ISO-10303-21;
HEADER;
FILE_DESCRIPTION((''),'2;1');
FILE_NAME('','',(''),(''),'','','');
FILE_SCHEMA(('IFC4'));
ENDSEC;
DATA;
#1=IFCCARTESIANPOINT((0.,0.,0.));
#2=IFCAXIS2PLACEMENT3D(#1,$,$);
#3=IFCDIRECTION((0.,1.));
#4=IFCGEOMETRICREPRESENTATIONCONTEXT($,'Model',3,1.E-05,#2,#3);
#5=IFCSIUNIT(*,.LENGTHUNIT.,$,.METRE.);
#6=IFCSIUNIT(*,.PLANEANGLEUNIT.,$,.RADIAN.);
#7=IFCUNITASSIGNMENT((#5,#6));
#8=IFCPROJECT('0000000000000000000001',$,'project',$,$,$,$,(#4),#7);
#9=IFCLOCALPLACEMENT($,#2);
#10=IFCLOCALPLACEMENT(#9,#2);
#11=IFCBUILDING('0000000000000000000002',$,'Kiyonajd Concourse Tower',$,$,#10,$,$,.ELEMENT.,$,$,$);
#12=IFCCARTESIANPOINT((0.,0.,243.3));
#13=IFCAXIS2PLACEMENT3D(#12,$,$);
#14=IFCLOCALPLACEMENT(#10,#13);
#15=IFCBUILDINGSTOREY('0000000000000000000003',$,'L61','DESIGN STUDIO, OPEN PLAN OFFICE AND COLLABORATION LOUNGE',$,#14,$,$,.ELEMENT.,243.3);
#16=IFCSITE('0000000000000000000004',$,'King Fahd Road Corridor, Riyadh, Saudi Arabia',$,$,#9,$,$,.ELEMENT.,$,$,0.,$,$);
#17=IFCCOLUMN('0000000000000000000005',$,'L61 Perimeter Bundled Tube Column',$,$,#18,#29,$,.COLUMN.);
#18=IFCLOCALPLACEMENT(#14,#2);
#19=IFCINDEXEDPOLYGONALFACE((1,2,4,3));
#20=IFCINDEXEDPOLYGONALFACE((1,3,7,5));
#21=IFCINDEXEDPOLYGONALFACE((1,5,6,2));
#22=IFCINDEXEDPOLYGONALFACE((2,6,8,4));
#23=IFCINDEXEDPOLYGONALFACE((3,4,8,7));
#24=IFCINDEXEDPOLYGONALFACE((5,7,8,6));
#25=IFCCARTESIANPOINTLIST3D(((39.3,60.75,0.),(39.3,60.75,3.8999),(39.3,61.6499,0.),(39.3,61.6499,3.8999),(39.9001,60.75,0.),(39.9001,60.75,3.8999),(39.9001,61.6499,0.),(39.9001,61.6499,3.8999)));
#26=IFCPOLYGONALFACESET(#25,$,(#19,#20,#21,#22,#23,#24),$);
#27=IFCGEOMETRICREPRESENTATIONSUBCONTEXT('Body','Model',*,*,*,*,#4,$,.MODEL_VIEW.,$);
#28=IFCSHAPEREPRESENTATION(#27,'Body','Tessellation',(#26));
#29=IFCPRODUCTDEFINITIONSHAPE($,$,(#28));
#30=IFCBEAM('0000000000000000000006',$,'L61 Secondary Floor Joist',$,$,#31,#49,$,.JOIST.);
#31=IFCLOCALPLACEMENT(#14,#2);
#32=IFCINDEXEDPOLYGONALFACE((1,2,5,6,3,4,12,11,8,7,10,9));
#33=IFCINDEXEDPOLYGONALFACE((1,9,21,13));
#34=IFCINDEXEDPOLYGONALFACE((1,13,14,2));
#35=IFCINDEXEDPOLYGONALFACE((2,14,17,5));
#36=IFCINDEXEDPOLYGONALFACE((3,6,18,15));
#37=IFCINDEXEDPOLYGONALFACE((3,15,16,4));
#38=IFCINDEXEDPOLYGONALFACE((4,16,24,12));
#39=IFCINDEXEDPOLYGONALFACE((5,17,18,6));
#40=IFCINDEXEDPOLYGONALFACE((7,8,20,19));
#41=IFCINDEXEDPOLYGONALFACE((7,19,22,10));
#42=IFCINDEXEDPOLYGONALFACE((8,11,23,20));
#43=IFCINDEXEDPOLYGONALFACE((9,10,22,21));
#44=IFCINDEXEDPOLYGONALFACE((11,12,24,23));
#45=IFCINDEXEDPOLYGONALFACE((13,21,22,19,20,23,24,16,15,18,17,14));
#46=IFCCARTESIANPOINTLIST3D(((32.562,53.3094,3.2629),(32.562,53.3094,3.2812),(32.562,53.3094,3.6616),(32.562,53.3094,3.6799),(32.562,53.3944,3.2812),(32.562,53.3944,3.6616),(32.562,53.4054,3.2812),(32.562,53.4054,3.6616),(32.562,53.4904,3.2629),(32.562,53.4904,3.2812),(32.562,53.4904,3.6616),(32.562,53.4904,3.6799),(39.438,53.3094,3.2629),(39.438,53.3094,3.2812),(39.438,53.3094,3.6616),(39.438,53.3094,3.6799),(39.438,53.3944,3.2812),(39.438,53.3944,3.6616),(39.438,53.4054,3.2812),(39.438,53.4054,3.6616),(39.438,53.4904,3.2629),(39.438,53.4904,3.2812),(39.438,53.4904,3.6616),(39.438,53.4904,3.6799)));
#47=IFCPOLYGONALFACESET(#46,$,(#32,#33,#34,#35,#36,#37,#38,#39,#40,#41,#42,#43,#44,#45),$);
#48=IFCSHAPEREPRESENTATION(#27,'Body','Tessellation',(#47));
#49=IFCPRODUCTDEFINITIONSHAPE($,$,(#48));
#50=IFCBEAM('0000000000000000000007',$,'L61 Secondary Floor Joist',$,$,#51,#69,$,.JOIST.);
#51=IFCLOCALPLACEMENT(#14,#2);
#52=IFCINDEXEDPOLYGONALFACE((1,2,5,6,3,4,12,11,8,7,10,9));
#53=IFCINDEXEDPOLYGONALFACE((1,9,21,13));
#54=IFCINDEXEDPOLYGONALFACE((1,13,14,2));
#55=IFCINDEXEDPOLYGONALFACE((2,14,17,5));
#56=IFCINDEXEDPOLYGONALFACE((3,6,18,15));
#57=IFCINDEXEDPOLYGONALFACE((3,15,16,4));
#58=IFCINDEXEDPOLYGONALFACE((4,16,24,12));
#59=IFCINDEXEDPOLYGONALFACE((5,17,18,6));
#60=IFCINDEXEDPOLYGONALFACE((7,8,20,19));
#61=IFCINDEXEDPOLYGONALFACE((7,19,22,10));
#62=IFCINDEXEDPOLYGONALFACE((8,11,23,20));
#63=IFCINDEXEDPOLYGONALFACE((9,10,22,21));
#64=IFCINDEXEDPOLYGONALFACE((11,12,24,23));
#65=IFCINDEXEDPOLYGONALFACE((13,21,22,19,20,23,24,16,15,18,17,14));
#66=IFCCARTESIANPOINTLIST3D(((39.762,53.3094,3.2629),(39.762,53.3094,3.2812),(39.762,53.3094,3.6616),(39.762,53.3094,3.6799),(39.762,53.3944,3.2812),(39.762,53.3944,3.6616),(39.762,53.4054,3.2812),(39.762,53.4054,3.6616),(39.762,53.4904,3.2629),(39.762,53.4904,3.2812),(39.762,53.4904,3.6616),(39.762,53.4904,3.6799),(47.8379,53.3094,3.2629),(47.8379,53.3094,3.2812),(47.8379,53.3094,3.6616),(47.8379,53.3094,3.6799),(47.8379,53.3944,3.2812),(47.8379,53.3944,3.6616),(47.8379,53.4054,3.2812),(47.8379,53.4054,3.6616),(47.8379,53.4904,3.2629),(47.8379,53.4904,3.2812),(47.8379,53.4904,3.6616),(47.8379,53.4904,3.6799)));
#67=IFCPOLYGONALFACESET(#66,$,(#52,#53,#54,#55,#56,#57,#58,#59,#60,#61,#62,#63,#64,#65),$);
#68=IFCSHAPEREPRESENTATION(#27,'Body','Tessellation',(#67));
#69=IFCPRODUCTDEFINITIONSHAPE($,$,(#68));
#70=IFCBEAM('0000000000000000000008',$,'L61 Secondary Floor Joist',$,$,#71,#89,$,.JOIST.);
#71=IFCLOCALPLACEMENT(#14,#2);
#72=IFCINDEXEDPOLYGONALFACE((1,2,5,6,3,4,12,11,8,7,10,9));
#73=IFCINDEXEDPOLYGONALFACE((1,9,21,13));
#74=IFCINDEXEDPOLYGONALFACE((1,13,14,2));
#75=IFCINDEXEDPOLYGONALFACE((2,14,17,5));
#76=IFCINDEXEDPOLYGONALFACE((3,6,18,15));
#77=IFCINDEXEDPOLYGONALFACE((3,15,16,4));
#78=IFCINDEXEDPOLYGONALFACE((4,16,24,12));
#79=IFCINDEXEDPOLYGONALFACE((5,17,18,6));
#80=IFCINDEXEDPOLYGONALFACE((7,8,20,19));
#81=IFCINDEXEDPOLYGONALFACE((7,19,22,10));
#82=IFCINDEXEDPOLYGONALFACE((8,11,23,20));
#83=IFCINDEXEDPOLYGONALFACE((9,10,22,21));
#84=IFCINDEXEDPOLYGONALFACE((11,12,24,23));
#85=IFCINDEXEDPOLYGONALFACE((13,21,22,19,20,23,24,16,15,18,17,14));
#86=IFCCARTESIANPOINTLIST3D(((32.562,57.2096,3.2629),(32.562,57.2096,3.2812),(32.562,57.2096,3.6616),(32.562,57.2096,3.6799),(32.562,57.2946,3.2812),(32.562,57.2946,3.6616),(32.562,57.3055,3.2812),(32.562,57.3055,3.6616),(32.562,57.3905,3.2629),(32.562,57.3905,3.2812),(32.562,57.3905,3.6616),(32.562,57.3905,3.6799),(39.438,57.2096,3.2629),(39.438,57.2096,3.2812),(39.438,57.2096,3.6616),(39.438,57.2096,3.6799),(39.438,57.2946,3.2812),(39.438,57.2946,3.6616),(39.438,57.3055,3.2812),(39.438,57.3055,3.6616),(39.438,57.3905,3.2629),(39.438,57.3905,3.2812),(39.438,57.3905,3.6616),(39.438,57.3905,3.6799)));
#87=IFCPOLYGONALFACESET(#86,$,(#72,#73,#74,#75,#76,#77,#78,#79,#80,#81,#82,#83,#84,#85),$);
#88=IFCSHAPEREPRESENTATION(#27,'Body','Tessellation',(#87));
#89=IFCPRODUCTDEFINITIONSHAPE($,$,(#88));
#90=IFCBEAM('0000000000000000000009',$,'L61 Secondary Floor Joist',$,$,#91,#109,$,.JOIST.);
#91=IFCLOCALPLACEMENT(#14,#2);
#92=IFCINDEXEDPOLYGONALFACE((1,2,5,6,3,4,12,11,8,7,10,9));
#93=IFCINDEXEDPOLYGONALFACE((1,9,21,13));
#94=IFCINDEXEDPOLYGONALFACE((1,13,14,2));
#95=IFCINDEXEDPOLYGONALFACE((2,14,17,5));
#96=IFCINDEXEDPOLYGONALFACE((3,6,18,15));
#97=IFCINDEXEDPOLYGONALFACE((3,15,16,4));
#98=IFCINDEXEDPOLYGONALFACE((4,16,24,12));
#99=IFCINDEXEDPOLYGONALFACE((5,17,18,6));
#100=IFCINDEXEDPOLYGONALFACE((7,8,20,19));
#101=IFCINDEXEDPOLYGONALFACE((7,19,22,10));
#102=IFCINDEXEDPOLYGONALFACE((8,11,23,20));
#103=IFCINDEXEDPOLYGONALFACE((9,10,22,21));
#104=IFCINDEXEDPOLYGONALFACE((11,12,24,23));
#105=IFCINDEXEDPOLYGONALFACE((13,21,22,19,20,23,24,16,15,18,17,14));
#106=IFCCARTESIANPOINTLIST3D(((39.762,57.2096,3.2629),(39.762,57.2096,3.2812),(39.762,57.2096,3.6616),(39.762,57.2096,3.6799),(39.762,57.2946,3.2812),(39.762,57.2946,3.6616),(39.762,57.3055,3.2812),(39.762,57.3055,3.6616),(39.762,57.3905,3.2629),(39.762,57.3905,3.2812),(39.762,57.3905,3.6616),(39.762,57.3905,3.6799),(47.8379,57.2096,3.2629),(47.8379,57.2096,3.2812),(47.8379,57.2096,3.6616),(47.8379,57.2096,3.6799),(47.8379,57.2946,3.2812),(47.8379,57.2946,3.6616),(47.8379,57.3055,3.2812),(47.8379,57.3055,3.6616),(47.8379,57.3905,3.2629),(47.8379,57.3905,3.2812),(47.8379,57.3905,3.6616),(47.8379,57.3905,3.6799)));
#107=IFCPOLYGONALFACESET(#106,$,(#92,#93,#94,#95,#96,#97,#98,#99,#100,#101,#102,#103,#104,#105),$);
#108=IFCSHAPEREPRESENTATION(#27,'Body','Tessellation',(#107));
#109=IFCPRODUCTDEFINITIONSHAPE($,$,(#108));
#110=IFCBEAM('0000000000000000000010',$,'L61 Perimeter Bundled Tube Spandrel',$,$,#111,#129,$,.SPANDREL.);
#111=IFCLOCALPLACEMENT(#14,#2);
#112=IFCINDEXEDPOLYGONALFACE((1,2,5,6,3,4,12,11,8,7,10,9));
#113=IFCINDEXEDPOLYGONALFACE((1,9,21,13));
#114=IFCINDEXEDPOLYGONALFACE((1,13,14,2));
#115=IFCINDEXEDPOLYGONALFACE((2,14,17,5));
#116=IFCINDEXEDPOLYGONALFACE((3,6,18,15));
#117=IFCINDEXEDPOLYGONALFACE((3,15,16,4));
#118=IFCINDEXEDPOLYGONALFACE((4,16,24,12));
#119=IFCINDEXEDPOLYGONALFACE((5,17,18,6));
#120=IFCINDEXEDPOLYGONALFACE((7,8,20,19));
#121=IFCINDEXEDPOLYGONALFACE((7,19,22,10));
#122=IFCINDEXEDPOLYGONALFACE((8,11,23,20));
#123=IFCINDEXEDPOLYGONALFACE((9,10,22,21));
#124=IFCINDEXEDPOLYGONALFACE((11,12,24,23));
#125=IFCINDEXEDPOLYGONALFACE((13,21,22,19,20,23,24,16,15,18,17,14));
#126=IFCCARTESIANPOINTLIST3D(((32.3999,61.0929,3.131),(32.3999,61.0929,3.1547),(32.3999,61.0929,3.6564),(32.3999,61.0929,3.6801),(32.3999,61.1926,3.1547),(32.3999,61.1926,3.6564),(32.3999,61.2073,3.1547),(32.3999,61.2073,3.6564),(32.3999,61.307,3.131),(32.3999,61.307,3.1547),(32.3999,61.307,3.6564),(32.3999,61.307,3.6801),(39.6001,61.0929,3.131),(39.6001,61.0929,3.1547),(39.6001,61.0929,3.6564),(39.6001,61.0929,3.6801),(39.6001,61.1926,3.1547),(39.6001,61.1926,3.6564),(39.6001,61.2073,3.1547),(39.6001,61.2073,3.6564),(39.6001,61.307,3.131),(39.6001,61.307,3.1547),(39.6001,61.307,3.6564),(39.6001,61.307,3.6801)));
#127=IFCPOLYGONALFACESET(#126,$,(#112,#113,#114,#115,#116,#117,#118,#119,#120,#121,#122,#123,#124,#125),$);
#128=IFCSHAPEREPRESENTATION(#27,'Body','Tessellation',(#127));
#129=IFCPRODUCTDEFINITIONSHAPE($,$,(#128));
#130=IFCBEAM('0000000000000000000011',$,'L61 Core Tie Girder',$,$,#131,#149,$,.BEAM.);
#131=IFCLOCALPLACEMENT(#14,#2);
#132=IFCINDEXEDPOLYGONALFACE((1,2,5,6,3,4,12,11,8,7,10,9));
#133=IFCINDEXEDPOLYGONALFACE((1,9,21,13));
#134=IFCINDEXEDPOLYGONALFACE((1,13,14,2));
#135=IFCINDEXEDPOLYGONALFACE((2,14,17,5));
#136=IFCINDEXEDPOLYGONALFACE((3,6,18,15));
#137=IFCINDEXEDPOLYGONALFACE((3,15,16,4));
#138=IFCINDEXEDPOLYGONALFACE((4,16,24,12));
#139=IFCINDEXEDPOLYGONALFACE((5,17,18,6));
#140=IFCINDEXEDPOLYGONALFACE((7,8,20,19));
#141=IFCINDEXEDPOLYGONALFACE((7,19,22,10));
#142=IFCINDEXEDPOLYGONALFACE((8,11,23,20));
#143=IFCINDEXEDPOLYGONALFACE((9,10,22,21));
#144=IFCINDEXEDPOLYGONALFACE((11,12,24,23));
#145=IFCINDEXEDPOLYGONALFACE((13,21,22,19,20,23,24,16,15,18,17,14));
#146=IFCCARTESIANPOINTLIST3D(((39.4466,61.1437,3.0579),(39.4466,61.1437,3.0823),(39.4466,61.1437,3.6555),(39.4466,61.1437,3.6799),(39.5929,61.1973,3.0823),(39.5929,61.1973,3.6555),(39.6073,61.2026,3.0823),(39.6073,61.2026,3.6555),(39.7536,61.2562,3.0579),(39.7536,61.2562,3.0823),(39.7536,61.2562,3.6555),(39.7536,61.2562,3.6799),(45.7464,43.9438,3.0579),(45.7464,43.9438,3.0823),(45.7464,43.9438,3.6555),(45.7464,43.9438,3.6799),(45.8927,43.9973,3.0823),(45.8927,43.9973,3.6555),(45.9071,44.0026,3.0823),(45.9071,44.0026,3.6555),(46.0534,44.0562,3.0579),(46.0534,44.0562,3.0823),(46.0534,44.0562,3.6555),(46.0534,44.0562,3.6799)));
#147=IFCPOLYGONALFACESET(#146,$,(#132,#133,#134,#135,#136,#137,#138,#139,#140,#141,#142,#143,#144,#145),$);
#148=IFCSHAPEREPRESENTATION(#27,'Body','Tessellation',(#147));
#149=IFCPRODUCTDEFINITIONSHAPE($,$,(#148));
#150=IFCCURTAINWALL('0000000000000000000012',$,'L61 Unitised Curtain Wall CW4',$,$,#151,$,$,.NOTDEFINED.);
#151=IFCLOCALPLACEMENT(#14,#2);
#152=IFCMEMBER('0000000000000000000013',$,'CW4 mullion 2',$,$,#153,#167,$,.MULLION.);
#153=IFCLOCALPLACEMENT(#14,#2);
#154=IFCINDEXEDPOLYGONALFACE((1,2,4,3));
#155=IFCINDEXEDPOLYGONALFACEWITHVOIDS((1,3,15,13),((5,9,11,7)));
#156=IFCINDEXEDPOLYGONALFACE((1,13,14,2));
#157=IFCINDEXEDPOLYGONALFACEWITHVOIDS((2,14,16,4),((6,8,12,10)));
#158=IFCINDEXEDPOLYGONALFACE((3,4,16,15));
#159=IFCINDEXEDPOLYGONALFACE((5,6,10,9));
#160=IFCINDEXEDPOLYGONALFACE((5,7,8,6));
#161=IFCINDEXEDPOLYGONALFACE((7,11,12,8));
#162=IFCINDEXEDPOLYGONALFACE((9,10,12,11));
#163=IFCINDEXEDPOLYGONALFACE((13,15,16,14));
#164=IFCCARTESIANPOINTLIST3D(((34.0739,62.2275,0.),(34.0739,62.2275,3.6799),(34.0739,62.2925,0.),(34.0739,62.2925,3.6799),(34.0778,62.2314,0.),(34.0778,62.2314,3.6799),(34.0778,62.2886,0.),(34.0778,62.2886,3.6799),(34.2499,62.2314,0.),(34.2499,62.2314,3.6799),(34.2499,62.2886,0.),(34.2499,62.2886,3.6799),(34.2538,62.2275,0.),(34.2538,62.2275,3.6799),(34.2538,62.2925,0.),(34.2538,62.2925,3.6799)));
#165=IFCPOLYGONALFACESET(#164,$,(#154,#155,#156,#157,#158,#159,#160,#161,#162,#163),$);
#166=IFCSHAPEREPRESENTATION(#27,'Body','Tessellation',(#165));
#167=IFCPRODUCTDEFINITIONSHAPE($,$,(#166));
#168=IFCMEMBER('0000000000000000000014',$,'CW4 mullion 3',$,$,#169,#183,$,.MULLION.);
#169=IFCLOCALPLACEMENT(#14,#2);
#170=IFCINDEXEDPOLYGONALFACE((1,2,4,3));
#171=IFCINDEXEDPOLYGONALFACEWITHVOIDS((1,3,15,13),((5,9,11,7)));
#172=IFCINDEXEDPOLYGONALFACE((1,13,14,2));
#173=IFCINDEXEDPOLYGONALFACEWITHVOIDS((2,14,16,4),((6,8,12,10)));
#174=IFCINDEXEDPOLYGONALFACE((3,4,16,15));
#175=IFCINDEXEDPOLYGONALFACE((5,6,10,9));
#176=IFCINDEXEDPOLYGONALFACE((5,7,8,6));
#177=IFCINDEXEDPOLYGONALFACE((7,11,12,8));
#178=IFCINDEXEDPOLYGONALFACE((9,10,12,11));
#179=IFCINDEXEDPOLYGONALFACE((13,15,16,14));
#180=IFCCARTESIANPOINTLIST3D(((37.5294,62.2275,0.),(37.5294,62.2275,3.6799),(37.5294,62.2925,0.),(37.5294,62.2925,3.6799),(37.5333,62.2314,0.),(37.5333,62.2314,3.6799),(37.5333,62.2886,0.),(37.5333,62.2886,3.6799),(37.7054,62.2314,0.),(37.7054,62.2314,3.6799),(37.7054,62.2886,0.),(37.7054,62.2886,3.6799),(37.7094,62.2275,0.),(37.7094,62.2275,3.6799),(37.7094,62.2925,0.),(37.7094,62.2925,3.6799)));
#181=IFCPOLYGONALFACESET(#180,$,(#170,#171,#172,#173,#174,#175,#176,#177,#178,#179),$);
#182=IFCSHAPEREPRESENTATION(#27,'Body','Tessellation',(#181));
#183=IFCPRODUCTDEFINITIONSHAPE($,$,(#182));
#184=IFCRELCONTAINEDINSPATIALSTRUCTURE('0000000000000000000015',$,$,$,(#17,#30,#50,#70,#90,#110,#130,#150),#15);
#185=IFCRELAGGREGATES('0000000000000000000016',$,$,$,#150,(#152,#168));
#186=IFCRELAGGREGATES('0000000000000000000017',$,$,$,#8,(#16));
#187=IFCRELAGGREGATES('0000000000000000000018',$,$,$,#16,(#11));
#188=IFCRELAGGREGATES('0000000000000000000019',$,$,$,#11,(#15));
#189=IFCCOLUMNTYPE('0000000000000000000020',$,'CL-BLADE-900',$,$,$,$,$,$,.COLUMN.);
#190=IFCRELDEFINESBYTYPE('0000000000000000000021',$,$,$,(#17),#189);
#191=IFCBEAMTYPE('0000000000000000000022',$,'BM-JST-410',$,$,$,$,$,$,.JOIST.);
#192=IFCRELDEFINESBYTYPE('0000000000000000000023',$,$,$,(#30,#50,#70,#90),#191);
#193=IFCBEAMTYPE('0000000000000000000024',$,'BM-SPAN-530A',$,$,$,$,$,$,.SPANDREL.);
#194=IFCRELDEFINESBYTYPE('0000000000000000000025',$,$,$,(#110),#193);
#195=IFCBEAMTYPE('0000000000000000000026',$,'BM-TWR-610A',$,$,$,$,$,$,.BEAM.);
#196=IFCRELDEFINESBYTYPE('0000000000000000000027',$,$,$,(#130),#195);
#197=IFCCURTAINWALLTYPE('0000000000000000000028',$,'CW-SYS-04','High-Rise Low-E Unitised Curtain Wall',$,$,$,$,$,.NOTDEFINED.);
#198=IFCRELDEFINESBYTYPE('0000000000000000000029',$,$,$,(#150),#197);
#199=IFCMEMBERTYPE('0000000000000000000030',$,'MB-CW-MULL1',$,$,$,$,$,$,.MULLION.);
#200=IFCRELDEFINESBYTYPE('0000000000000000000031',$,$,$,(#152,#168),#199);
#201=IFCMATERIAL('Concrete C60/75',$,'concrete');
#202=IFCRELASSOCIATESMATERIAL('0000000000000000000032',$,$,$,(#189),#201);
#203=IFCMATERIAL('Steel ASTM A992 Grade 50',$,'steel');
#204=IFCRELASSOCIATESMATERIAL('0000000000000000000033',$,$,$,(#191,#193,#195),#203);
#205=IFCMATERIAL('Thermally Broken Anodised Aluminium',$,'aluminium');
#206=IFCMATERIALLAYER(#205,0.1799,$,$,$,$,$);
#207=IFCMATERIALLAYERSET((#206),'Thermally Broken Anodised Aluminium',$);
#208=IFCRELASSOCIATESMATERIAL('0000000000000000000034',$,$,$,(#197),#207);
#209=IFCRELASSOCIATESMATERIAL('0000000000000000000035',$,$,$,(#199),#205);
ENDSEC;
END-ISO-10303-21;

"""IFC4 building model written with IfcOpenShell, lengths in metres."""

from ifc_helpers import new_model, si_unit, direction, frame, origin, origin_2d, place, context, subcontext, project, spatial, rectangle, hollow_rectangle, i_section, extrude, material, layer, layer_set, material_profile, profile_set, type_object, element, aggregate, save


model = new_model("IFC4")

# Units and contexts
model_context = context("Model", 3, precision=1e-05, world=origin(), true_north=direction((0.0, 1.0)))
body_context = subcontext(model_context, "Body", "Model", "MODEL_VIEW")
ifc_project = project(units=[si_unit("LENGTHUNIT", "METRE"), si_unit("PLANEANGLEUNIT", "RADIAN")], contexts=[model_context])

# Site, building, storey
site_placement = place(None, origin())
site = spatial("IfcSite", under=ifc_project, at=site_placement, Name="King Fahd Road Corridor, Riyadh, Saudi Arabia", CompositionType="ELEMENT", RefElevation=0.0)
building_placement = place(site_placement, origin())
building = spatial("IfcBuilding", under=site, at=building_placement, Name="Kiyonajd Concourse Tower", CompositionType="ELEMENT")
storey_placement = place(building_placement, frame((0.0, 0.0, 243.3)))
storey = spatial("IfcBuildingStorey", under=building, at=storey_placement, Name="L61", Description="DESIGN STUDIO, OPEN PLAN OFFICE AND COLLABORATION LOUNGE", CompositionType="ELEMENT", Elevation=243.3)

# Column
ifc_material_1 = material(Name="Concrete C60/75", Category="concrete")
ifc_material_profile_1 = material_profile(ifc_material_1, rectangle(XDim=0.6001, YDim=0.8999, at=origin_2d()), Name="RC-900x600")
ifc_profile_set_1 = profile_set([ifc_material_profile_1], Name="Concrete C60/75")
column_type = type_object("IfcColumnType", Name="CL-BLADE-900", PredefinedType="COLUMN", material=ifc_profile_set_1)
column_placement = place(storey_placement, frame((39.6001, 61.2, 0.0), z_axis=(0.0, 0.0, 1.0), x_axis=(1.0, 0.0, 0.0)))
element("IfcColumn", 1, at=column_placement, inside=storey, type_object=column_type, Name="L61 Perimeter Bundled Tube Column", PredefinedType="COLUMN", context=body_context, shape_type="SweptSolid", body=[
    extrude(rectangle(XDim=0.6001, YDim=0.8999, at=origin_2d()), origin(), (0.0, 0.0, 1.0), 3.8999),
])

# Beams
ifc_material_2 = material(Name="Steel ASTM A992 Grade 50", Category="steel")
ifc_material_profile_2 = material_profile(ifc_material_2, i_section(OverallWidth=0.1809, OverallDepth=0.417, WebThickness=0.011, FlangeThickness=0.0183, at=origin_2d()), Name="W410X85")
ifc_profile_set_2 = profile_set([ifc_material_profile_2], Name="Steel ASTM A992 Grade 50")
beam_type_1 = type_object("IfcBeamType", Name="BM-JST-410", PredefinedType="JOIST", material=ifc_profile_set_2)
beam_1_placement = place(storey_placement, frame((32.562, 53.3999, 3.4714), z_axis=(1.0, 0.0, 0.0), x_axis=(0.0, 1.0, 0.0)))
element("IfcBeam", 2, at=beam_1_placement, inside=storey, type_object=beam_type_1, Name="L61 Secondary Floor Joist", PredefinedType="JOIST", context=body_context, shape_type="SweptSolid", body=[
    extrude(i_section(OverallWidth=0.1809, OverallDepth=0.417, WebThickness=0.011, FlangeThickness=0.0183, at=origin_2d()), origin(), (0.0, 0.0, 1.0), 6.876),
])
beam_2_placement = place(storey_placement, frame((39.762, 53.3999, 3.4714), z_axis=(1.0, 0.0, 0.0), x_axis=(0.0, 1.0, 0.0)))
element("IfcBeam", 3, at=beam_2_placement, inside=storey, type_object=beam_type_1, Name="L61 Secondary Floor Joist", PredefinedType="JOIST", context=body_context, shape_type="SweptSolid", body=[
    extrude(i_section(OverallWidth=0.1809, OverallDepth=0.417, WebThickness=0.011, FlangeThickness=0.0183, at=origin_2d()), origin(), (0.0, 0.0, 1.0), 8.0759),
])
beam_3_placement = place(storey_placement, frame((32.562, 57.3, 3.4714), z_axis=(1.0, 0.0, 0.0), x_axis=(0.0, 1.0, 0.0)))
element("IfcBeam", 4, at=beam_3_placement, inside=storey, type_object=beam_type_1, Name="L61 Secondary Floor Joist", PredefinedType="JOIST", context=body_context, shape_type="SweptSolid", body=[
    extrude(i_section(OverallWidth=0.1809, OverallDepth=0.417, WebThickness=0.011, FlangeThickness=0.0183, at=origin_2d()), origin(), (0.0, 0.0, 1.0), 6.876),
])
beam_4_placement = place(storey_placement, frame((39.762, 57.3, 3.4714), z_axis=(1.0, 0.0, 0.0), x_axis=(0.0, 1.0, 0.0)))
element("IfcBeam", 5, at=beam_4_placement, inside=storey, type_object=beam_type_1, Name="L61 Secondary Floor Joist", PredefinedType="JOIST", context=body_context, shape_type="SweptSolid", body=[
    extrude(i_section(OverallWidth=0.1809, OverallDepth=0.417, WebThickness=0.011, FlangeThickness=0.0183, at=origin_2d()), origin(), (0.0, 0.0, 1.0), 8.0759),
])
ifc_material_profile_3 = material_profile(ifc_material_2, i_section(OverallWidth=0.2141, OverallDepth=0.5491, WebThickness=0.0146, FlangeThickness=0.0237, at=origin_2d()), Name="W530X138")
ifc_profile_set_3 = profile_set([ifc_material_profile_3], Name="Steel ASTM A992 Grade 50")
beam_type_2 = type_object("IfcBeamType", Name="BM-SPAN-530A", PredefinedType="SPANDREL", material=ifc_profile_set_3)
beam_5_placement = place(storey_placement, frame((39.6001, 61.2, 3.4055), z_axis=(-1.0, 0.0, 0.0), x_axis=(0.0, -1.0, 0.0)))
element("IfcBeam", 6, at=beam_5_placement, inside=storey, type_object=beam_type_2, Name="L61 Perimeter Bundled Tube Spandrel", PredefinedType="SPANDREL", context=body_context, shape_type="SweptSolid", body=[
    extrude(i_section(OverallWidth=0.2141, OverallDepth=0.5491, WebThickness=0.0146, FlangeThickness=0.0237, at=origin_2d()), origin(), (0.0, 0.0, 1.0), 7.2002),
])
ifc_material_profile_4 = material_profile(ifc_material_2, i_section(OverallWidth=0.3269, OverallDepth=0.6221, WebThickness=0.0154, FlangeThickness=0.0244, at=origin_2d()), Name="W610X195")
ifc_profile_set_4 = profile_set([ifc_material_profile_4], Name="Steel ASTM A992 Grade 50")
beam_type_3 = type_object("IfcBeamType", Name="BM-TWR-610A", PredefinedType="BEAM", material=ifc_profile_set_4)
beam_6_placement = place(storey_placement, frame((39.6001, 61.2, 3.3689), z_axis=(0.343925, -0.938997, 0.0), x_axis=(0.938997, 0.343925, 0.0)))
element("IfcBeam", 7, at=beam_6_placement, inside=storey, type_object=beam_type_3, Name="L61 Core Tie Girder", PredefinedType="BEAM", context=body_context, shape_type="SweptSolid", body=[
    extrude(i_section(OverallWidth=0.3269, OverallDepth=0.6221, WebThickness=0.0154, FlangeThickness=0.0244, at=origin_2d()), origin(), (0.0, 0.0, 1.0), 18.3174),
])

# Curtain wall, members
ifc_material_3 = material(Name="Thermally Broken Anodised Aluminium", Category="aluminium")
ifc_layer_1 = layer(ifc_material_3, 0.1799)
ifc_layer_set_1 = layer_set([ifc_layer_1], Name="Thermally Broken Anodised Aluminium")
curtain_wall_type = type_object("IfcCurtainWallType", Name="CW-SYS-04", Description="High-Rise Low-E Unitised Curtain Wall", PredefinedType="NOTDEFINED", material=ifc_layer_set_1)
curtain_wall_placement = place(storey_placement, origin())
curtain_wall = element("IfcCurtainWall", 8, at=curtain_wall_placement, inside=storey, type_object=curtain_wall_type, Name="L61 Unitised Curtain Wall CW4", PredefinedType="NOTDEFINED")
ifc_material_profile_5 = material_profile(ifc_material_3, hollow_rectangle(XDim=0.0649, YDim=0.1799, WallThickness=0.0039, at=origin_2d()), Name="MULL-65x180")
ifc_profile_set_5 = profile_set([ifc_material_profile_5], Name="Thermally Broken Anodised Aluminium")
member_type_1 = type_object("IfcMemberType", Name="MB-CW-MULL1", PredefinedType="MULLION", material=ifc_profile_set_5)
member_1_placement = place(storey_placement, frame((34.1638, 62.26, 0.0), z_axis=(0.0, 0.0, 1.0), x_axis=(0.0, 1.0, 0.0)))
member_1 = element("IfcMember", 9, at=member_1_placement, type_object=member_type_1, Name="CW4 mullion 2", PredefinedType="MULLION", context=body_context, shape_type="SweptSolid", body=[
    extrude(hollow_rectangle(XDim=0.0649, YDim=0.1799, WallThickness=0.0039, at=origin_2d()), origin(), (0.0, 0.0, 1.0), 3.6799),
])
member_2_placement = place(storey_placement, frame((37.6194, 62.26, 0.0), z_axis=(0.0, 0.0, 1.0), x_axis=(0.0, 1.0, 0.0)))
member_2 = element("IfcMember", 10, at=member_2_placement, type_object=member_type_1, Name="CW4 mullion 3", PredefinedType="MULLION", context=body_context, shape_type="SweptSolid", body=[
    extrude(hollow_rectangle(XDim=0.0649, YDim=0.1799, WallThickness=0.0039, at=origin_2d()), origin(), (0.0, 0.0, 1.0), 3.6799),
])

aggregate(curtain_wall, [member_1, member_2])

save(model, "model.ifc")
